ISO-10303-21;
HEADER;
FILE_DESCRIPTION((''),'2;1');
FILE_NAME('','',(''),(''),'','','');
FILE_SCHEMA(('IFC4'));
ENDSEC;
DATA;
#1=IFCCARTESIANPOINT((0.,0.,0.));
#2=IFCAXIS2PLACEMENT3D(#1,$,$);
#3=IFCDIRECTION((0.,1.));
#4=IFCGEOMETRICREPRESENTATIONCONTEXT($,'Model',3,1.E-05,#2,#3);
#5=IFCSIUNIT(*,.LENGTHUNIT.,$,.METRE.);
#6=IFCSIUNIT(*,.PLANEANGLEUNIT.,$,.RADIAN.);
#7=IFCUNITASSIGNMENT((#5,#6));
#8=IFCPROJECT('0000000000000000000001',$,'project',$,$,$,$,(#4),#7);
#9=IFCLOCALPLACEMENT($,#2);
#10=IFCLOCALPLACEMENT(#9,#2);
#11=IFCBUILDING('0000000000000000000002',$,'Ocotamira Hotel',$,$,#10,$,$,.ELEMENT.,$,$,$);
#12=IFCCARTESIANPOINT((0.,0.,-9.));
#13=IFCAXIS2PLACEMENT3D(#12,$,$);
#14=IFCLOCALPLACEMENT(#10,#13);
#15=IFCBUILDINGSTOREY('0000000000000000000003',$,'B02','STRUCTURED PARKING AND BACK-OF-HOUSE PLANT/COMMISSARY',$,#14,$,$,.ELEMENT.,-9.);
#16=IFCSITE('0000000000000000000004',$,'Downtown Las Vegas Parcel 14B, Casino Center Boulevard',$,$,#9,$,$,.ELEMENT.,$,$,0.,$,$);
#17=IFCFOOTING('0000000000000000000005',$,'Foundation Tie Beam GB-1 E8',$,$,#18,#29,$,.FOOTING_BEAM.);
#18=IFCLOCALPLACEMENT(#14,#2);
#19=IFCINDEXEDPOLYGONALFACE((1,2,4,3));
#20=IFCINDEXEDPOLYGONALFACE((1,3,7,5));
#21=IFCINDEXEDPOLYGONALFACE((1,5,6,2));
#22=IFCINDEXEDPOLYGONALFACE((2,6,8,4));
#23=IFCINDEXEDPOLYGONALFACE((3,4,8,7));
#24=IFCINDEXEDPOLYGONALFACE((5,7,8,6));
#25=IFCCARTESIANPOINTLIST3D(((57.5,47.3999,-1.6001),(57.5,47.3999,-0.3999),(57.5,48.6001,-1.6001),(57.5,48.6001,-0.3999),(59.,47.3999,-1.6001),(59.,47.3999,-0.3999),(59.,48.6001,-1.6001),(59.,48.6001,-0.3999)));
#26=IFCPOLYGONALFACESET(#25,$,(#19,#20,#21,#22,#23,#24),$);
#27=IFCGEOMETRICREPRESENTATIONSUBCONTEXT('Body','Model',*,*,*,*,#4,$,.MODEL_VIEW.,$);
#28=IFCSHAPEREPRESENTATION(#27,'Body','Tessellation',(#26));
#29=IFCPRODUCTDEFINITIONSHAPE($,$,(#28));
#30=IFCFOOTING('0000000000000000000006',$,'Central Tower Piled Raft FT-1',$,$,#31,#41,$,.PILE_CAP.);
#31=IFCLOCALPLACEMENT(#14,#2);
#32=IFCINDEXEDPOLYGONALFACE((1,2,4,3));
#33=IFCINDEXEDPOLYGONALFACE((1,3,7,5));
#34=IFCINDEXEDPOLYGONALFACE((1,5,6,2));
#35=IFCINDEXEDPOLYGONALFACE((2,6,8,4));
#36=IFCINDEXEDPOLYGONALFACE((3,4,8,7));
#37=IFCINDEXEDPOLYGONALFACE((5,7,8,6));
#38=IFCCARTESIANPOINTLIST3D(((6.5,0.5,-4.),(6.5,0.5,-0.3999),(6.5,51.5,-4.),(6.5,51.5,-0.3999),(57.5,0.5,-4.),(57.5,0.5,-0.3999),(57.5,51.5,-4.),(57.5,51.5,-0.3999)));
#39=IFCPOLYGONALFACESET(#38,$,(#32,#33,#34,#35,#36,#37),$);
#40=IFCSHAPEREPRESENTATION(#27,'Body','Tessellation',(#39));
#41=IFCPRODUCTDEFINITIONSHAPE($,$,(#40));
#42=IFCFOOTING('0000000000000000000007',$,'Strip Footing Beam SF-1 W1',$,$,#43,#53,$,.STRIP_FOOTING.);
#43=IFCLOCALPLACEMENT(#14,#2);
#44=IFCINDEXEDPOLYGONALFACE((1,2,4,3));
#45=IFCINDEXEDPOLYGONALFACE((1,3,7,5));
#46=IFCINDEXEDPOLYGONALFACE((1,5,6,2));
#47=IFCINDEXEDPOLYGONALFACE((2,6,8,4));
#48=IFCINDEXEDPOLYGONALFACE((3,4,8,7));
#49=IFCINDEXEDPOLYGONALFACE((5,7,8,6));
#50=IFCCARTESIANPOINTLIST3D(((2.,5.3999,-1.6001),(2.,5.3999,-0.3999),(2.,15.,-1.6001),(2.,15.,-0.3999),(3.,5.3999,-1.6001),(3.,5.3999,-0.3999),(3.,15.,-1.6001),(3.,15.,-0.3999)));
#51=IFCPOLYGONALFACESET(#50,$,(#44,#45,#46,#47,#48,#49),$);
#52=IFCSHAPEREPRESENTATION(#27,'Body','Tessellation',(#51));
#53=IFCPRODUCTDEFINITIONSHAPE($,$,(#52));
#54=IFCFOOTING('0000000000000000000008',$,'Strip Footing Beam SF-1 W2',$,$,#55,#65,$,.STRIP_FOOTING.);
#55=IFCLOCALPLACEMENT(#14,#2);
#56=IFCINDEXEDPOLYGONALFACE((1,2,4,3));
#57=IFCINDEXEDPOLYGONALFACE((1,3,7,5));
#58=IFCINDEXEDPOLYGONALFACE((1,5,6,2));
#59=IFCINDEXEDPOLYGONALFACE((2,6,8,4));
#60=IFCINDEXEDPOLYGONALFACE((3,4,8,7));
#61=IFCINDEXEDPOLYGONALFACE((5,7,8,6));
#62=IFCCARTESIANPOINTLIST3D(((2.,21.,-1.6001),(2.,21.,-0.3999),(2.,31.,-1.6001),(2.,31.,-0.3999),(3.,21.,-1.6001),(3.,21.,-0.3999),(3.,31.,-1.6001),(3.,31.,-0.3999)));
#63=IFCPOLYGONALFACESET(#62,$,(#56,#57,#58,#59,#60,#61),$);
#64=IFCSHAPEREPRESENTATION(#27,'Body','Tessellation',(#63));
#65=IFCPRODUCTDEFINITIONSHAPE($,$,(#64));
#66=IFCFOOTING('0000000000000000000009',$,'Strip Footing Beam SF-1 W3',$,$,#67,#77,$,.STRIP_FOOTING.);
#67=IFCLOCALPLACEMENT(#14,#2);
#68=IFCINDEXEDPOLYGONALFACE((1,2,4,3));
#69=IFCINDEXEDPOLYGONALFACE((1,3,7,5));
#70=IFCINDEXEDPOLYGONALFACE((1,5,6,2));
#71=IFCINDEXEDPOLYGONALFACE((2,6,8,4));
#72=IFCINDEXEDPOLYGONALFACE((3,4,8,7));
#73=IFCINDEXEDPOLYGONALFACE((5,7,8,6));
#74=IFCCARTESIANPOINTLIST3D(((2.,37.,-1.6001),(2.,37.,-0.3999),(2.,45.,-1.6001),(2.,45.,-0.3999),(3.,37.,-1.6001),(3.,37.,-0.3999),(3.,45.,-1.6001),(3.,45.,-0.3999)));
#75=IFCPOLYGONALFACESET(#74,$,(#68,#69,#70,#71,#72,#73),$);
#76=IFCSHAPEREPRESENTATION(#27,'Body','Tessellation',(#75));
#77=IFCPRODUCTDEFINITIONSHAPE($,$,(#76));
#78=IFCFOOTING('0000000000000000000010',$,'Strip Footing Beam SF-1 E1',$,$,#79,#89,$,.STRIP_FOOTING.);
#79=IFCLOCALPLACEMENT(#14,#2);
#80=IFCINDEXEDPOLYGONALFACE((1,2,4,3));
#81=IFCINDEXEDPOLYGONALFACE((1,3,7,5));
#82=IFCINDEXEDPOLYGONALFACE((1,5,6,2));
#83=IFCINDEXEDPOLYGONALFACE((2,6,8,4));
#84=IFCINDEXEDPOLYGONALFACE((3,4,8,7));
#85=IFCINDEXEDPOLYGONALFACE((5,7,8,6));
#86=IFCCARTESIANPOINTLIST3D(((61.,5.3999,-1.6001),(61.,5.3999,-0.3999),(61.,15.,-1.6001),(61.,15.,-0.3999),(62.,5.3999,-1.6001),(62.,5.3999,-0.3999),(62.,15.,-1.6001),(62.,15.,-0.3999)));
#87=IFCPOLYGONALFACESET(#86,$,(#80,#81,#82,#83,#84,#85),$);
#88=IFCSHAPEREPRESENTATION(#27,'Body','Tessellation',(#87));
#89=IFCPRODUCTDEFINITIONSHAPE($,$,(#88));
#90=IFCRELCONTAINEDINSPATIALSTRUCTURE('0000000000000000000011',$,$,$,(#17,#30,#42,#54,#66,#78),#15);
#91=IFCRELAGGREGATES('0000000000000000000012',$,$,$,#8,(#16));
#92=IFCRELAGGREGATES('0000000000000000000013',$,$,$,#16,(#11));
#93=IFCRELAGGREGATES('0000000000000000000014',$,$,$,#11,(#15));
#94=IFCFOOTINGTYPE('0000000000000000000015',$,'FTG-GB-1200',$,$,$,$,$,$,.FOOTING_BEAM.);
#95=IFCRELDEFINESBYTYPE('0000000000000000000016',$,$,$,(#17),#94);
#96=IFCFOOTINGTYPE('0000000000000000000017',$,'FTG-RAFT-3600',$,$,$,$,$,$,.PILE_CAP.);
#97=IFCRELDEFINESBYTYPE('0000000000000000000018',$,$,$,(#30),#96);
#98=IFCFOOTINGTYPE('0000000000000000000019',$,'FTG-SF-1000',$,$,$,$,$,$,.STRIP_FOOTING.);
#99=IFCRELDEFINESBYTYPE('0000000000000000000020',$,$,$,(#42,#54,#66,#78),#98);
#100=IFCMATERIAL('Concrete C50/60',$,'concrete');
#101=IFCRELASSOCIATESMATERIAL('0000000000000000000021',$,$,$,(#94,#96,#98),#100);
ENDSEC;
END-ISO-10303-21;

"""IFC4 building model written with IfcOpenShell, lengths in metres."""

from ifc_helpers import new_model, si_unit, direction, frame, origin, place, context, subcontext, project, spatial, polyline, outline, extrude, material, type_object, element, save


model = new_model("IFC4")

# Units and contexts
model_context = context("Model", 3, precision=1e-05, world=origin(), true_north=direction((0.0, 1.0)))
body_context = subcontext(model_context, "Body", "Model", "MODEL_VIEW")
ifc_project = project(units=[si_unit("LENGTHUNIT", "METRE"), si_unit("PLANEANGLEUNIT", "RADIAN")], contexts=[model_context])

# Site, building, storey
site_placement = place(None, origin())
site = spatial("IfcSite", under=ifc_project, at=site_placement, Name="Downtown Las Vegas Parcel 14B, Casino Center Boulevard", CompositionType="ELEMENT", RefElevation=0.0)
building_placement = place(site_placement, origin())
building = spatial("IfcBuilding", under=site, at=building_placement, Name="Ocotamira Hotel", CompositionType="ELEMENT")
storey_placement = place(building_placement, frame((0.0, 0.0, -9.0)))
storey = spatial("IfcBuildingStorey", under=building, at=storey_placement, Name="B02", Description="STRUCTURED PARKING AND BACK-OF-HOUSE PLANT/COMMISSARY", CompositionType="ELEMENT", Elevation=-9.0)

# Footings
ifc_material = material(Name="Concrete C50/60", Category="concrete")
footing_type_1 = type_object("IfcFootingType", Name="FTG-GB-1200", PredefinedType="FOOTING_BEAM", material=ifc_material)
footing_1_placement = place(storey_placement, frame((0.0, 0.0, -1.6001)))
element("IfcFooting", 1, at=footing_1_placement, inside=storey, type_object=footing_type_1, Name="Foundation Tie Beam GB-1 E8", PredefinedType="FOOTING_BEAM", context=body_context, shape_type="SweptSolid", body=[
    extrude(outline(polyline([(57.5, 47.3999), (59.0, 47.3999), (59.0, 48.6001), (57.5, 48.6001), (57.5, 47.3999)])), origin(), (0.0, 0.0, 1.0), 1.2002),
])
footing_type_2 = type_object("IfcFootingType", Name="FTG-RAFT-3600", PredefinedType="PILE_CAP", material=ifc_material)
footing_2_placement = place(storey_placement, frame((0.0, 0.0, -4.0)))
element("IfcFooting", 2, at=footing_2_placement, inside=storey, type_object=footing_type_2, Name="Central Tower Piled Raft FT-1", PredefinedType="PILE_CAP", context=body_context, shape_type="SweptSolid", body=[
    extrude(outline(polyline([(6.5, 0.5), (57.5, 0.5), (57.5, 51.5), (6.5, 51.5), (6.5, 0.5)])), origin(), (0.0, 0.0, 1.0), 3.6001),
])
footing_type_3 = type_object("IfcFootingType", Name="FTG-SF-1000", PredefinedType="STRIP_FOOTING", material=ifc_material)
footing_3_placement = place(storey_placement, frame((0.0, 0.0, -1.6001)))
element("IfcFooting", 3, at=footing_3_placement, inside=storey, type_object=footing_type_3, Name="Strip Footing Beam SF-1 W1", PredefinedType="STRIP_FOOTING", context=body_context, shape_type="SweptSolid", body=[
    extrude(outline(polyline([(2.0, 5.3999), (3.0, 5.3999), (3.0, 15.0), (2.0, 15.0), (2.0, 5.3999)])), origin(), (0.0, 0.0, 1.0), 1.2002),
])
footing_4_placement = place(storey_placement, frame((0.0, 0.0, -1.6001)))
element("IfcFooting", 4, at=footing_4_placement, inside=storey, type_object=footing_type_3, Name="Strip Footing Beam SF-1 W2", PredefinedType="STRIP_FOOTING", context=body_context, shape_type="SweptSolid", body=[
    extrude(outline(polyline([(2.0, 21.0), (3.0, 21.0), (3.0, 31.0), (2.0, 31.0), (2.0, 21.0)])), origin(), (0.0, 0.0, 1.0), 1.2002),
])
footing_5_placement = place(storey_placement, frame((0.0, 0.0, -1.6001)))
element("IfcFooting", 5, at=footing_5_placement, inside=storey, type_object=footing_type_3, Name="Strip Footing Beam SF-1 W3", PredefinedType="STRIP_FOOTING", context=body_context, shape_type="SweptSolid", body=[
    extrude(outline(polyline([(2.0, 37.0), (3.0, 37.0), (3.0, 45.0), (2.0, 45.0), (2.0, 37.0)])), origin(), (0.0, 0.0, 1.0), 1.2002),
])
footing_6_placement = place(storey_placement, frame((0.0, 0.0, -1.6001)))
element("IfcFooting", 6, at=footing_6_placement, inside=storey, type_object=footing_type_3, Name="Strip Footing Beam SF-1 E1", PredefinedType="STRIP_FOOTING", context=body_context, shape_type="SweptSolid", body=[
    extrude(outline(polyline([(61.0, 5.3999), (62.0, 5.3999), (62.0, 15.0), (61.0, 15.0), (61.0, 5.3999)])), origin(), (0.0, 0.0, 1.0), 1.2002),
])

save(model, "model.ifc")
